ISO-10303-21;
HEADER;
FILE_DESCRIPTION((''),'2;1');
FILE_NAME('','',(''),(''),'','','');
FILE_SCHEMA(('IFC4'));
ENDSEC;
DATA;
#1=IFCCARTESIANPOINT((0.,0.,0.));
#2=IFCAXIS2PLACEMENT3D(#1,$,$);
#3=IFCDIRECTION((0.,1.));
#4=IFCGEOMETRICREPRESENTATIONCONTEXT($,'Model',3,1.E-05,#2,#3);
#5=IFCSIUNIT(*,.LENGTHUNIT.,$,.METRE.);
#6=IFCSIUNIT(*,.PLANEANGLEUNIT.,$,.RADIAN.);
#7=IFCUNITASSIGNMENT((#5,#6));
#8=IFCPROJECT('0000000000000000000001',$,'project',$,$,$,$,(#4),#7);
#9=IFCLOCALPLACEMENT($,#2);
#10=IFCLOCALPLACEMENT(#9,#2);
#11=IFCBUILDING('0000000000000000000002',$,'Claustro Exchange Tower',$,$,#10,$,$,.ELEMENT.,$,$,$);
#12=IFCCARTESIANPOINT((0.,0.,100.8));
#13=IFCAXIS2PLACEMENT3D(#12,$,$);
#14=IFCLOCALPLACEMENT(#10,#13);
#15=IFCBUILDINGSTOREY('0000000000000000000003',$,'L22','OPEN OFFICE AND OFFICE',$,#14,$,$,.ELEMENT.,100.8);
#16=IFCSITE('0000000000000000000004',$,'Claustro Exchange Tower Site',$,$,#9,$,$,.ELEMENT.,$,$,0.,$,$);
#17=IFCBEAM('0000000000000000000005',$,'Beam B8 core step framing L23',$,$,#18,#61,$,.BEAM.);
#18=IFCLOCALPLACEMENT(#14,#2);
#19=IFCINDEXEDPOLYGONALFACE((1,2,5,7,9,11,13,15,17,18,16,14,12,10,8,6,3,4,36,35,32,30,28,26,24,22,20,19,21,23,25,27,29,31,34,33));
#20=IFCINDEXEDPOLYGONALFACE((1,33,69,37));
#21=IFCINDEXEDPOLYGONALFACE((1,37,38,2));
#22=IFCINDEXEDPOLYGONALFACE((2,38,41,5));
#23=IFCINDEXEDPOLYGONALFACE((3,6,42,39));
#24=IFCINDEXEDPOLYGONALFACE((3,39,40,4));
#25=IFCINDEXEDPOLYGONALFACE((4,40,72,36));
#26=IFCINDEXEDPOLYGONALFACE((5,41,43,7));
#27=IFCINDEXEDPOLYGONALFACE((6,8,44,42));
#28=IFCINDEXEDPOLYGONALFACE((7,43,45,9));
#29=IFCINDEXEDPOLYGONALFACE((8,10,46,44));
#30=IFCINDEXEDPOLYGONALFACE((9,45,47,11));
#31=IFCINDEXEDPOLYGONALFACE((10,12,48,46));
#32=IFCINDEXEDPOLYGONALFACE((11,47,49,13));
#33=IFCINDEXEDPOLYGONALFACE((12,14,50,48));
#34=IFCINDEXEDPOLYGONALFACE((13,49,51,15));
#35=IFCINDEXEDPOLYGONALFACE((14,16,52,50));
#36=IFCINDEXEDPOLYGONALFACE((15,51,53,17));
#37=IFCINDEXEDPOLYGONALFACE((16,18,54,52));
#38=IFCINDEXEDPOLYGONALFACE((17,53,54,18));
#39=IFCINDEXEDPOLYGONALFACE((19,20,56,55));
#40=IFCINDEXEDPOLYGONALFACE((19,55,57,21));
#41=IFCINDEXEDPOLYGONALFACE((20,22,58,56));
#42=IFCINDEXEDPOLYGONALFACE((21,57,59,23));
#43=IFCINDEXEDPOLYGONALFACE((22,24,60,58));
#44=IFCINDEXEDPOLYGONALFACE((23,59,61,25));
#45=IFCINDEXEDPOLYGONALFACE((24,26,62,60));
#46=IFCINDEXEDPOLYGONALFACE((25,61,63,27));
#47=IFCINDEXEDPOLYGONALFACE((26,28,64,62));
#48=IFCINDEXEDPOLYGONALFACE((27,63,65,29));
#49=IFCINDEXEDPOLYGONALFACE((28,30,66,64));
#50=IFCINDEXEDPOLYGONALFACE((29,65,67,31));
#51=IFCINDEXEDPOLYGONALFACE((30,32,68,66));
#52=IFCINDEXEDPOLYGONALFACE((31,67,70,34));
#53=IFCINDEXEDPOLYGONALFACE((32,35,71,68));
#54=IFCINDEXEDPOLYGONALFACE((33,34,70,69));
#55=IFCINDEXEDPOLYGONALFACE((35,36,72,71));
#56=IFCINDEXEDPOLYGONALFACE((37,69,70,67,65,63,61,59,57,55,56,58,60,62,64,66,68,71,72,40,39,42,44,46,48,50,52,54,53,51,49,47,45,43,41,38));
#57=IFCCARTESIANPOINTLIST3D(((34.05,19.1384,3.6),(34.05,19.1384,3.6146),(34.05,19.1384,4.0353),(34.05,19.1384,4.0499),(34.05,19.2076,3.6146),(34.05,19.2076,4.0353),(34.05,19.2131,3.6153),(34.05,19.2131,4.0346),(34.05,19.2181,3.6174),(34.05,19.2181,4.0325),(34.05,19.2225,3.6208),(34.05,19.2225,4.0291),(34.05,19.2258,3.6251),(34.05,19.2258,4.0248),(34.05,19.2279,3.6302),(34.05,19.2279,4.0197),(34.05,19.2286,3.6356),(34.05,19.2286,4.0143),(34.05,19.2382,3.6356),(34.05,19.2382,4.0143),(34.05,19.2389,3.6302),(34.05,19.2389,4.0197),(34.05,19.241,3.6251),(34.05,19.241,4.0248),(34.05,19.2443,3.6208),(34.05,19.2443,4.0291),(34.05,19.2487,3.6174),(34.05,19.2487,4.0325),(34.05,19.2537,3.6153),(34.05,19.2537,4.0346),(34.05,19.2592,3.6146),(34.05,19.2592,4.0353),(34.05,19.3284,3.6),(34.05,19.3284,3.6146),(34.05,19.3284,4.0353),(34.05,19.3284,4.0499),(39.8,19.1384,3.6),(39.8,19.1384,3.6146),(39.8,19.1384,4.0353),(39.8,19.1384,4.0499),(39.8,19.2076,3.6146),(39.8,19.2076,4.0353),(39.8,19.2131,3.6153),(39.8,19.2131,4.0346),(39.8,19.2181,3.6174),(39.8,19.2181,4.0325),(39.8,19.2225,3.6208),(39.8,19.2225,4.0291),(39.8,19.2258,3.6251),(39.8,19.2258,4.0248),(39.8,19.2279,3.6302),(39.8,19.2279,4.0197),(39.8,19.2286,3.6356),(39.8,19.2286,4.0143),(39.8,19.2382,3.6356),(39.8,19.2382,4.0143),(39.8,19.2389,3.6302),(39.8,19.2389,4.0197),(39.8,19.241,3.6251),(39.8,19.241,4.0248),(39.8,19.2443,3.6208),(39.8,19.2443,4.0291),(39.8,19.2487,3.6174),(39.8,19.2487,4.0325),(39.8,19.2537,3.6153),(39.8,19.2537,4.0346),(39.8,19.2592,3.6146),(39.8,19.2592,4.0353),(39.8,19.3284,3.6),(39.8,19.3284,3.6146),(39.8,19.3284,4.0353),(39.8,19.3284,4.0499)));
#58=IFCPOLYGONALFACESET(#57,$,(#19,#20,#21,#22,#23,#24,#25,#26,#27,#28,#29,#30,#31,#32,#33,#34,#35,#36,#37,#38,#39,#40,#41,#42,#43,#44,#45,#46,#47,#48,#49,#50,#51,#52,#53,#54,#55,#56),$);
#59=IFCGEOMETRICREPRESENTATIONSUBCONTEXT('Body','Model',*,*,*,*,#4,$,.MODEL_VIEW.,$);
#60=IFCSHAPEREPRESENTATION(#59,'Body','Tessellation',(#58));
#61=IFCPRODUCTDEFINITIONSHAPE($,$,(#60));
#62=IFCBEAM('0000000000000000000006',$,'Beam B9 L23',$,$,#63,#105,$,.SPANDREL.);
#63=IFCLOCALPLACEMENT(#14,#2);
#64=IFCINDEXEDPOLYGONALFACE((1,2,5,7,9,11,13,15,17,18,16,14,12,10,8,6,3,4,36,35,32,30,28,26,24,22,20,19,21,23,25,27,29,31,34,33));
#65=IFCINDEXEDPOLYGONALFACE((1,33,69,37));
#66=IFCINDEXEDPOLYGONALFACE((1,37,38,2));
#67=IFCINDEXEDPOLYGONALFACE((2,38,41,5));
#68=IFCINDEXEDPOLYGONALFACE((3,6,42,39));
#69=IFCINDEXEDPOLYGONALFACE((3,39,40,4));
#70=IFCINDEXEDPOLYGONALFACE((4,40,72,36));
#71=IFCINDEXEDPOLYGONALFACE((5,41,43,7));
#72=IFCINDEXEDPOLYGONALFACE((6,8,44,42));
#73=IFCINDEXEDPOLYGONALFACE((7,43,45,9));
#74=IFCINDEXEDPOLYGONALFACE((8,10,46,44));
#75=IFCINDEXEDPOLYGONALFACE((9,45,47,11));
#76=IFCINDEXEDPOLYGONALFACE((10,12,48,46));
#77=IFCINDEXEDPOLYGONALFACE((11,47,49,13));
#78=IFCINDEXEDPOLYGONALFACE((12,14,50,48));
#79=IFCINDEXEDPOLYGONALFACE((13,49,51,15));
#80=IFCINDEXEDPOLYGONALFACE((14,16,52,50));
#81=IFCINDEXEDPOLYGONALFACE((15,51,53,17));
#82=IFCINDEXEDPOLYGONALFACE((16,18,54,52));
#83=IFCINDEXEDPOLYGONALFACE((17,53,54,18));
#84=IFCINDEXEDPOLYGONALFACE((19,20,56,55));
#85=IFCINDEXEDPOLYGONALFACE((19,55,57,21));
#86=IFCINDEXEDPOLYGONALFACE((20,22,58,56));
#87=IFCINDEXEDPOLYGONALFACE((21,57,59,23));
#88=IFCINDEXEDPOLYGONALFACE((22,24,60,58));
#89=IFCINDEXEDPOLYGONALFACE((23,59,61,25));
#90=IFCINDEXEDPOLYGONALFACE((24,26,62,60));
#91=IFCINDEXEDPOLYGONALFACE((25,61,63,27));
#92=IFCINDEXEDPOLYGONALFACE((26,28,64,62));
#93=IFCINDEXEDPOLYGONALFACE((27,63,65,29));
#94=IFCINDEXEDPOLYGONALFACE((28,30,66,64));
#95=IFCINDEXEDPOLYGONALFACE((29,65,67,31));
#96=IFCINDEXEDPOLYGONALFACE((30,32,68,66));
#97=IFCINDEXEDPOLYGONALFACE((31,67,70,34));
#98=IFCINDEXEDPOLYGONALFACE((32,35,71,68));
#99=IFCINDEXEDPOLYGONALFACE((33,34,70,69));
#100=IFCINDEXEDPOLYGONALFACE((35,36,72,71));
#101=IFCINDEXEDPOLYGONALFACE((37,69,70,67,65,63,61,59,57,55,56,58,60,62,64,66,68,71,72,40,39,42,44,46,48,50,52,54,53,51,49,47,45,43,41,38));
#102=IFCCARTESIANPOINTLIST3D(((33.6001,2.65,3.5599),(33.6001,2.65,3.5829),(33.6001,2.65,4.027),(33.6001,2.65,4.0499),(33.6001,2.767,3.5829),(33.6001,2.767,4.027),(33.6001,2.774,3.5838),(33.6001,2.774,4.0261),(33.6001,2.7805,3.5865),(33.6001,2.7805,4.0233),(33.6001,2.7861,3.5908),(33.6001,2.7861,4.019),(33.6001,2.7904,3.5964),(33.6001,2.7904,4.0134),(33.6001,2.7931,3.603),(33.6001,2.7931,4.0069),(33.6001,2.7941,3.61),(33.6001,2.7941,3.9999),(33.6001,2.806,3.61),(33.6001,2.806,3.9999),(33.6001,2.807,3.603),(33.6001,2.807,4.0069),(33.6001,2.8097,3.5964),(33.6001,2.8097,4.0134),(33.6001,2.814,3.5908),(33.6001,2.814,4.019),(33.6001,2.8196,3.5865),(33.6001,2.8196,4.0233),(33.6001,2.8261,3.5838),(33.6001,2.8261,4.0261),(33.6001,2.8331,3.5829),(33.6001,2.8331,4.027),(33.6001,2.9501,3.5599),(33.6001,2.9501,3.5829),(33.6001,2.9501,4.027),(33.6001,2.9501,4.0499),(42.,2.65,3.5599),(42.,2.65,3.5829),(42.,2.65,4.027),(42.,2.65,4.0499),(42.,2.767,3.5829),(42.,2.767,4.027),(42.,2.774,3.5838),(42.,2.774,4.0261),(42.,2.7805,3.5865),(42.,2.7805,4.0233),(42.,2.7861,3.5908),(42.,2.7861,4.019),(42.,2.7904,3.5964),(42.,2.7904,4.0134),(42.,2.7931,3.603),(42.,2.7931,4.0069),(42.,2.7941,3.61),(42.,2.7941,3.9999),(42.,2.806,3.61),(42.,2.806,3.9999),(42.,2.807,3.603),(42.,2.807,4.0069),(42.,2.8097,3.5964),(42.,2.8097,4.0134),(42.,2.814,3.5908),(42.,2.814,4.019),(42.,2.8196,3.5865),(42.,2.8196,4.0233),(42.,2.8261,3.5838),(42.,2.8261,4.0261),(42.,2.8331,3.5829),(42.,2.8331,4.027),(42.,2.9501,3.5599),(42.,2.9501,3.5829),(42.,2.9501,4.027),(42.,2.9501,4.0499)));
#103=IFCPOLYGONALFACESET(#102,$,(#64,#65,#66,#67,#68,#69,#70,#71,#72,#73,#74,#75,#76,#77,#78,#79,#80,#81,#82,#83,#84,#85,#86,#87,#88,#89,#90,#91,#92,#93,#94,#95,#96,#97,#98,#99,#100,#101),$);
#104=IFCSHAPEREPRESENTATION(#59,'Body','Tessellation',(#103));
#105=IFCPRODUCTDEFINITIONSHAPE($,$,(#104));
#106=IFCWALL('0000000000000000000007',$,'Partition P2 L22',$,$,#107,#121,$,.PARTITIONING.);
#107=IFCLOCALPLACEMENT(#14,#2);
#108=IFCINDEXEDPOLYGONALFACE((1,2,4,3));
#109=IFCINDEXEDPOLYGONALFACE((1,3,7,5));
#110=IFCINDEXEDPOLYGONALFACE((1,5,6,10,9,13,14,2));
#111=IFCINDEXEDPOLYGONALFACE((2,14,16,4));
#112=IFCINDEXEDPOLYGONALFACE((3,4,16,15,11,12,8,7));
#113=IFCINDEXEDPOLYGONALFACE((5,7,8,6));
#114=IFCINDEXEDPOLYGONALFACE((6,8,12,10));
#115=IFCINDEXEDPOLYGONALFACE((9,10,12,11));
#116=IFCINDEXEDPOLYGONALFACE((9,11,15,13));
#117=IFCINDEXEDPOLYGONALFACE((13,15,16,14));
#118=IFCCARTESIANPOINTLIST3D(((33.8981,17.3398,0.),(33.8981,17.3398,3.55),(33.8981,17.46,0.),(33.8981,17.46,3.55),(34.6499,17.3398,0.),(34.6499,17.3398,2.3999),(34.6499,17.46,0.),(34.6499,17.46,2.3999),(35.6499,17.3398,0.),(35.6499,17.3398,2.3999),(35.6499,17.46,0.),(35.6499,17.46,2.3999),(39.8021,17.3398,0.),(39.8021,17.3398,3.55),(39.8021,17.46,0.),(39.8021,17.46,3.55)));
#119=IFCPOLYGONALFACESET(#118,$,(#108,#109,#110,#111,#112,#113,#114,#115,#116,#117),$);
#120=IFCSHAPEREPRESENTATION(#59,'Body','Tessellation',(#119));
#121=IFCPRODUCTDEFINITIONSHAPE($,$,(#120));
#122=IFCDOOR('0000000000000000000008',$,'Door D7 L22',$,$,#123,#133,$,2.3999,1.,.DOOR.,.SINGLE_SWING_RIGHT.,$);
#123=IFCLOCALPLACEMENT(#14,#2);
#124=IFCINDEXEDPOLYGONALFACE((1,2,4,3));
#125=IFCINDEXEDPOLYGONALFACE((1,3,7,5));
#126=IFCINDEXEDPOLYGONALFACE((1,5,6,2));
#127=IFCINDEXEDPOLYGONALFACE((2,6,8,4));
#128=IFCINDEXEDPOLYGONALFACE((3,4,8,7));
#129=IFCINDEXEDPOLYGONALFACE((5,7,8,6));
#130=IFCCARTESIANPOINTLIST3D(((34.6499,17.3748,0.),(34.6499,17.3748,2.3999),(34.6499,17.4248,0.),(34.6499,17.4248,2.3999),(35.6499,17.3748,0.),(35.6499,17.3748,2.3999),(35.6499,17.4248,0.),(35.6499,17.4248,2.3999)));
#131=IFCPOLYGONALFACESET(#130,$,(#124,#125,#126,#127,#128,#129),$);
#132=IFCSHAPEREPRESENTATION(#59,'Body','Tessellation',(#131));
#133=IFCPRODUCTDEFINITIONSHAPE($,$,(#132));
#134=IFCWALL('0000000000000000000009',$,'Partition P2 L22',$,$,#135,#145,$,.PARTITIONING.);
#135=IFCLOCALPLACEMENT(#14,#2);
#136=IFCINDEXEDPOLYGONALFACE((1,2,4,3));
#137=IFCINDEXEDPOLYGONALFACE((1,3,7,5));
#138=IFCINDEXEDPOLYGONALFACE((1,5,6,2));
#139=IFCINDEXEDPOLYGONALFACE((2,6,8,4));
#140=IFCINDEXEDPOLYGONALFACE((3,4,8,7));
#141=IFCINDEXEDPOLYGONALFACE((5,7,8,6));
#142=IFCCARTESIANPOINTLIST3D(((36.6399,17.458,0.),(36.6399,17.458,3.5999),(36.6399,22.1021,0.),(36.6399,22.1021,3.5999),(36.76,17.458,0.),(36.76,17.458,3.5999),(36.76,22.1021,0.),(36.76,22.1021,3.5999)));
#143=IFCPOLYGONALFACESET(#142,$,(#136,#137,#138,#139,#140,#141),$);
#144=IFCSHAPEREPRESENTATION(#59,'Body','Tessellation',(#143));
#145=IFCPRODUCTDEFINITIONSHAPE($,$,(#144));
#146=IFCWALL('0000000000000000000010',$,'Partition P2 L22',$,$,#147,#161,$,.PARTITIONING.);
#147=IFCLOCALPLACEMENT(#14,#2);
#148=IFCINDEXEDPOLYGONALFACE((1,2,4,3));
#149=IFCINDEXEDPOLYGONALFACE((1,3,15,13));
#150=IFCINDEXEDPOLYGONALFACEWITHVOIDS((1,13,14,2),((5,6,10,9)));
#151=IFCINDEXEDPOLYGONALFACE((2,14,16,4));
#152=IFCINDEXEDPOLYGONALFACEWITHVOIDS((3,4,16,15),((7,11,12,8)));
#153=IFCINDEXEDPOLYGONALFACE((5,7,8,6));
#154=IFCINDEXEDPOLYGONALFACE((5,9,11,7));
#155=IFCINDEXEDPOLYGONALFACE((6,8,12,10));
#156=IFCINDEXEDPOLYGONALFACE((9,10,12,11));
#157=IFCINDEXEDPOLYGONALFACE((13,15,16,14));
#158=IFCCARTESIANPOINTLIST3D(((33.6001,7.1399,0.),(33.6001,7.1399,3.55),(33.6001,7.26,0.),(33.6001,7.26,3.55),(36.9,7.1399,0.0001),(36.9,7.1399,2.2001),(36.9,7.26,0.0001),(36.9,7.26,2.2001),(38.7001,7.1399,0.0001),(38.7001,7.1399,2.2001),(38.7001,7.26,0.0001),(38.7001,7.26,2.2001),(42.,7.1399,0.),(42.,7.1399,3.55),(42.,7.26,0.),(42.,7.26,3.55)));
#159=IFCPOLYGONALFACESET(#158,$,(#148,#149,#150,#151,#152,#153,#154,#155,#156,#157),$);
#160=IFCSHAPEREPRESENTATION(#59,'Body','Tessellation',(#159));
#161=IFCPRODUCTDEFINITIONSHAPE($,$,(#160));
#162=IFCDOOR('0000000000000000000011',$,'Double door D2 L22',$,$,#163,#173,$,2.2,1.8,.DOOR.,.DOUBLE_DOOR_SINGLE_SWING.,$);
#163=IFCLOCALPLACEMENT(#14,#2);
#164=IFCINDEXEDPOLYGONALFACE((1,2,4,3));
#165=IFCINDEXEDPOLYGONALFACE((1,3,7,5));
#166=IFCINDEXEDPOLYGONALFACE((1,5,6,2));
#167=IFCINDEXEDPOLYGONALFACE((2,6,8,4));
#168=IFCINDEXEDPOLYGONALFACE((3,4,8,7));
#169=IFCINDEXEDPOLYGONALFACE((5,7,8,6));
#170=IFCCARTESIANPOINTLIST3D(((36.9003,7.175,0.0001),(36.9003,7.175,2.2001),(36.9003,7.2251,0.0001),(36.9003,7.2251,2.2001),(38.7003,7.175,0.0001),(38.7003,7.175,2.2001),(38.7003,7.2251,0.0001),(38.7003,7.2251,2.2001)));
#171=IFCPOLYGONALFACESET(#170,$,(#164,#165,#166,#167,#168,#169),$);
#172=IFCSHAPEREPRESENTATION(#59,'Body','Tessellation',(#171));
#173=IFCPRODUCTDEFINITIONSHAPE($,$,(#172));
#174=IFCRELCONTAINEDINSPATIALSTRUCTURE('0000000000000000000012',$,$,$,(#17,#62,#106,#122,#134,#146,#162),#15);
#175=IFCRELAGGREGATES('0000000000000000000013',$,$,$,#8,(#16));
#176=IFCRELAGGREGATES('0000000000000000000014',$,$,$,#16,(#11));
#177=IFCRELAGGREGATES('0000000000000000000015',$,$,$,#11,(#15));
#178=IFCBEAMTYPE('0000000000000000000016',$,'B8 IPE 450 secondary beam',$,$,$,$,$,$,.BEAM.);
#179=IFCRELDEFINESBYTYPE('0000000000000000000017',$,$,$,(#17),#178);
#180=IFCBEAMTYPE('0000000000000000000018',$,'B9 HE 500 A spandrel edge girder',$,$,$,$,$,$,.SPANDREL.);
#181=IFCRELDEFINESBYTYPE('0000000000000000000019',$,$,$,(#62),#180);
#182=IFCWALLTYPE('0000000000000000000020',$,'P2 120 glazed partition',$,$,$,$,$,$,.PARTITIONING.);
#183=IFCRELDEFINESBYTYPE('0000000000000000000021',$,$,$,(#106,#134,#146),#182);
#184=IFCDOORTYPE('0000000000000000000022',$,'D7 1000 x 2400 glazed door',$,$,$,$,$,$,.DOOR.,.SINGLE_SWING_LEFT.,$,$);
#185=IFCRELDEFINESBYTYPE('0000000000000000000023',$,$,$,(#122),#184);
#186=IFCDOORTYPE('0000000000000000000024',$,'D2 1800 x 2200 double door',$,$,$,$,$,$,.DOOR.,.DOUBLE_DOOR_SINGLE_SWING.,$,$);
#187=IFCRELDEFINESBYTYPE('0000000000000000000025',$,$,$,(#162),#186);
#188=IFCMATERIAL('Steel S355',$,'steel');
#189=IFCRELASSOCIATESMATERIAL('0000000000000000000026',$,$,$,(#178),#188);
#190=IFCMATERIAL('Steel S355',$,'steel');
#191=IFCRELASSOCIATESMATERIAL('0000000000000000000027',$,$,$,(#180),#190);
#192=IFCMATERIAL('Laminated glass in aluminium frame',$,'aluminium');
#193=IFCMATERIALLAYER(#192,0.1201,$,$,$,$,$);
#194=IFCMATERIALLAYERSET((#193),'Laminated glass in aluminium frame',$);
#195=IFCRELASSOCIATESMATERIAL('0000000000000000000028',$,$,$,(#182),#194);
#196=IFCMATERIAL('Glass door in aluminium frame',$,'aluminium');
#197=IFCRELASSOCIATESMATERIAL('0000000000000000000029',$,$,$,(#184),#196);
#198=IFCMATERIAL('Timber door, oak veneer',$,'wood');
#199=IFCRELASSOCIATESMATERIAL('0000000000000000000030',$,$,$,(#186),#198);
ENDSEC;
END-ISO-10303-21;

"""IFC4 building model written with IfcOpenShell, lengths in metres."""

from ifc_helpers import new_model, si_unit, direction, frame, frame_2d, origin, origin_2d, place, context, subcontext, project, spatial, rectangle, i_section, extrude, material, layer, layer_set, material_profile, profile_set, type_object, element, fill, save


model = new_model("IFC4")

# Units and contexts
model_context = context("Model", 3, precision=1e-05, world=origin(), true_north=direction((0.0, 1.0)))
body_context = subcontext(model_context, "Body", "Model", "MODEL_VIEW")
ifc_project = project(units=[si_unit("LENGTHUNIT", "METRE"), si_unit("PLANEANGLEUNIT", "RADIAN")], contexts=[model_context])

# Site, building, storey
site_placement = place(None, origin())
site = spatial("IfcSite", under=ifc_project, at=site_placement, Name="Claustro Exchange Tower Site", CompositionType="ELEMENT", RefElevation=0.0)
building_placement = place(site_placement, origin())
building = spatial("IfcBuilding", under=site, at=building_placement, Name="Claustro Exchange Tower", CompositionType="ELEMENT")
storey_placement = place(building_placement, frame((0.0, 0.0, 100.8)))
storey = spatial("IfcBuildingStorey", under=building, at=storey_placement, Name="L22", Description="OPEN OFFICE AND OFFICE", CompositionType="ELEMENT", Elevation=100.8)

# Beams
ifc_material_1 = material(Name="Steel S355", Category="steel")
ifc_material_profile_1 = material_profile(ifc_material_1, i_section(OverallWidth=0.1899, OverallDepth=0.45, WebThickness=0.0095, FlangeThickness=0.0146, FilletRadius=0.021, at=origin_2d()), Name="IPE 450")
ifc_profile_set_1 = profile_set([ifc_material_profile_1], Name="Steel S355")
beam_type_1 = type_object("IfcBeamType", Name="B8 IPE 450 secondary beam", PredefinedType="BEAM", material=ifc_profile_set_1)
for number, where, z_axis, x_axis, name in (
    (1, (34.05, 19.2334, 3.825), (1.0, 0.0, 0.0), (0.0, 1.0, 0.0), "Beam B8 core step framing L23"),
):
    element("IfcBeam", number, at=place(storey_placement, frame(where, z_axis=z_axis, x_axis=x_axis)), inside=storey, type_object=beam_type_1, Name=name, PredefinedType="BEAM", context=body_context, shape_type="SweptSolid", body=[
        extrude(i_section(OverallWidth=0.1899, OverallDepth=0.45, WebThickness=0.0095, FlangeThickness=0.0146, FilletRadius=0.021, at=origin_2d()), origin(), (0.0, 0.0, 1.0), 5.75),
    ])
ifc_material_2 = material(Name="Steel S355", Category="steel")
ifc_material_profile_2 = material_profile(ifc_material_2, i_section(OverallWidth=0.3, OverallDepth=0.49, WebThickness=0.012, FlangeThickness=0.0229, FilletRadius=0.0271, at=origin_2d()), Name="HE 500 A")
ifc_profile_set_2 = profile_set([ifc_material_profile_2], Name="Steel S355")
beam_type_2 = type_object("IfcBeamType", Name="B9 HE 500 A spandrel edge girder", PredefinedType="SPANDREL", material=ifc_profile_set_2)
beam_1_placement = place(storey_placement, frame((33.6001, 2.8, 3.8049), z_axis=(1.0, 0.0, 0.0), x_axis=(0.0, 1.0, 0.0)))
element("IfcBeam", 2, at=beam_1_placement, inside=storey, type_object=beam_type_2, Name="Beam B9 L23", PredefinedType="SPANDREL", context=body_context, shape_type="SweptSolid", body=[
    extrude(i_section(OverallWidth=0.3, OverallDepth=0.49, WebThickness=0.012, FlangeThickness=0.0229, FilletRadius=0.0271, at=origin_2d()), origin(), (0.0, 0.0, 1.0), 8.3999),
])

# Wall, opening, door
ifc_material_3 = material(Name="Laminated glass in aluminium frame", Category="aluminium")
ifc_layer_1 = layer(ifc_material_3, 0.1201)
ifc_layer_set_1 = layer_set([ifc_layer_1], Name="Laminated glass in aluminium frame")
wall_type_1 = type_object("IfcWallType", Name="P2 120 glazed partition", PredefinedType="PARTITIONING", material=ifc_layer_set_1)
wall_1_placement = place(storey_placement, frame((33.8979, 17.3999, 0.0), z_axis=(0.0, 0.0, 1.0), x_axis=(1.0, 0.0, 0.0)))
wall_1 = element("IfcWall", 3, at=wall_1_placement, inside=storey, type_object=wall_type_1, Name="Partition P2 L22", PredefinedType="PARTITIONING", context=body_context, shape_type="SweptSolid", body=[
    extrude(rectangle(XDim=5.9041, YDim=0.1201, at=frame_2d((2.9521, 0.0))), origin(), (0.0, 0.0, 1.0), 3.55),
])
opening_1_placement = place(wall_1_placement, frame((0.752, 0.0, 0.0)))
opening_1 = element("IfcOpeningElement", 4, at=opening_1_placement, cuts=wall_1, PredefinedType="OPENING", context=body_context, shape_type="SweptSolid", body=[
    extrude(rectangle(XDim=1.0, YDim=2.3999, at=frame_2d((0.5, 1.2))), frame((0.0, 0.0701, 0.0), z_axis=(0.0, -1.0, 0.0), x_axis=(1.0, 0.0, 0.0)), (0.0, 0.0, 1.0), 0.1401),
])
ifc_material_4 = material(Name="Glass door in aluminium frame", Category="aluminium")
door_type_1 = type_object("IfcDoorType", Name="D7 1000 x 2400 glazed door", OperationType="SINGLE_SWING_LEFT", PredefinedType="DOOR", material=ifc_material_4)
door_1_placement = place(opening_1_placement, origin())
door_1 = element("IfcDoor", 5, at=door_1_placement, inside=storey, type_object=door_type_1, Name="Door D7 L22", OperationType="SINGLE_SWING_RIGHT", OverallHeight=2.3999, OverallWidth=1.0, PredefinedType="DOOR", context=body_context, shape_type="SweptSolid", body=[
    extrude(rectangle(XDim=1.0, YDim=2.3999, at=frame_2d((0.5, 1.2))), frame((0.0, 0.0249, 0.0), z_axis=(0.0, -1.0, 0.0), x_axis=(1.0, 0.0, 0.0)), (0.0, 0.0, 1.0), 0.05),
])
fill(opening_1, door_1)

# Wall
wall_2_placement = place(storey_placement, frame((36.7, 17.458, 0.0), z_axis=(0.0, 0.0, 1.0), x_axis=(0.0, 1.0, 0.0)))
element("IfcWall", 6, at=wall_2_placement, inside=storey, type_object=wall_type_1, Name="Partition P2 L22", PredefinedType="PARTITIONING", context=body_context, shape_type="SweptSolid", body=[
    extrude(rectangle(XDim=4.644, YDim=0.1201, at=frame_2d((2.322, 0.0))), origin(), (0.0, 0.0, 1.0), 3.5999),
])

# Wall, opening, door
wall_3_placement = place(storey_placement, frame((33.6001, 7.2, 0.0), z_axis=(0.0, 0.0, 1.0), x_axis=(1.0, 0.0, 0.0)))
wall_3 = element("IfcWall", 7, at=wall_3_placement, inside=storey, type_object=wall_type_1, Name="Partition P2 L22", PredefinedType="PARTITIONING", context=body_context, shape_type="SweptSolid", body=[
    extrude(rectangle(XDim=8.3999, YDim=0.1201, at=frame_2d((4.2, 0.0))), origin(), (0.0, 0.0, 1.0), 3.55),
])
opening_2_placement = place(wall_3_placement, frame((3.3, 0.0, 0.0)))
opening_2 = element("IfcOpeningElement", 8, at=opening_2_placement, cuts=wall_3, PredefinedType="OPENING", context=body_context, shape_type="SweptSolid", body=[
    extrude(rectangle(XDim=1.8, YDim=2.2, at=frame_2d((0.8999, 1.1001))), frame((0.0, 0.0701, 0.0), z_axis=(0.0, -1.0, 0.0), x_axis=(1.0, 0.0, 0.0)), (0.0, 0.0, 1.0), 0.1401),
])
ifc_material_5 = material(Name="Timber door, oak veneer", Category="wood")
door_type_2 = type_object("IfcDoorType", Name="D2 1800 x 2200 double door", OperationType="DOUBLE_DOOR_SINGLE_SWING", PredefinedType="DOOR", material=ifc_material_5)
door_2_placement = place(opening_2_placement, frame((1.8, 0.0, 0.0), z_axis=(0.0, 0.0, 1.0), x_axis=(-1.0, 0.0, 0.0)))
door_2 = element("IfcDoor", 9, at=door_2_placement, inside=storey, type_object=door_type_2, Name="Double door D2 L22", OperationType="DOUBLE_DOOR_SINGLE_SWING", OverallHeight=2.2, OverallWidth=1.8, PredefinedType="DOOR", context=body_context, shape_type="SweptSolid", body=[
    extrude(rectangle(XDim=1.8, YDim=2.2, at=frame_2d((0.8999, 1.1001))), frame((0.0, 0.0249, 0.0), z_axis=(0.0, -1.0, 0.0), x_axis=(1.0, 0.0, 0.0)), (0.0, 0.0, 1.0), 0.05),
])
fill(opening_2, door_2)

save(model, "model.ifc")
